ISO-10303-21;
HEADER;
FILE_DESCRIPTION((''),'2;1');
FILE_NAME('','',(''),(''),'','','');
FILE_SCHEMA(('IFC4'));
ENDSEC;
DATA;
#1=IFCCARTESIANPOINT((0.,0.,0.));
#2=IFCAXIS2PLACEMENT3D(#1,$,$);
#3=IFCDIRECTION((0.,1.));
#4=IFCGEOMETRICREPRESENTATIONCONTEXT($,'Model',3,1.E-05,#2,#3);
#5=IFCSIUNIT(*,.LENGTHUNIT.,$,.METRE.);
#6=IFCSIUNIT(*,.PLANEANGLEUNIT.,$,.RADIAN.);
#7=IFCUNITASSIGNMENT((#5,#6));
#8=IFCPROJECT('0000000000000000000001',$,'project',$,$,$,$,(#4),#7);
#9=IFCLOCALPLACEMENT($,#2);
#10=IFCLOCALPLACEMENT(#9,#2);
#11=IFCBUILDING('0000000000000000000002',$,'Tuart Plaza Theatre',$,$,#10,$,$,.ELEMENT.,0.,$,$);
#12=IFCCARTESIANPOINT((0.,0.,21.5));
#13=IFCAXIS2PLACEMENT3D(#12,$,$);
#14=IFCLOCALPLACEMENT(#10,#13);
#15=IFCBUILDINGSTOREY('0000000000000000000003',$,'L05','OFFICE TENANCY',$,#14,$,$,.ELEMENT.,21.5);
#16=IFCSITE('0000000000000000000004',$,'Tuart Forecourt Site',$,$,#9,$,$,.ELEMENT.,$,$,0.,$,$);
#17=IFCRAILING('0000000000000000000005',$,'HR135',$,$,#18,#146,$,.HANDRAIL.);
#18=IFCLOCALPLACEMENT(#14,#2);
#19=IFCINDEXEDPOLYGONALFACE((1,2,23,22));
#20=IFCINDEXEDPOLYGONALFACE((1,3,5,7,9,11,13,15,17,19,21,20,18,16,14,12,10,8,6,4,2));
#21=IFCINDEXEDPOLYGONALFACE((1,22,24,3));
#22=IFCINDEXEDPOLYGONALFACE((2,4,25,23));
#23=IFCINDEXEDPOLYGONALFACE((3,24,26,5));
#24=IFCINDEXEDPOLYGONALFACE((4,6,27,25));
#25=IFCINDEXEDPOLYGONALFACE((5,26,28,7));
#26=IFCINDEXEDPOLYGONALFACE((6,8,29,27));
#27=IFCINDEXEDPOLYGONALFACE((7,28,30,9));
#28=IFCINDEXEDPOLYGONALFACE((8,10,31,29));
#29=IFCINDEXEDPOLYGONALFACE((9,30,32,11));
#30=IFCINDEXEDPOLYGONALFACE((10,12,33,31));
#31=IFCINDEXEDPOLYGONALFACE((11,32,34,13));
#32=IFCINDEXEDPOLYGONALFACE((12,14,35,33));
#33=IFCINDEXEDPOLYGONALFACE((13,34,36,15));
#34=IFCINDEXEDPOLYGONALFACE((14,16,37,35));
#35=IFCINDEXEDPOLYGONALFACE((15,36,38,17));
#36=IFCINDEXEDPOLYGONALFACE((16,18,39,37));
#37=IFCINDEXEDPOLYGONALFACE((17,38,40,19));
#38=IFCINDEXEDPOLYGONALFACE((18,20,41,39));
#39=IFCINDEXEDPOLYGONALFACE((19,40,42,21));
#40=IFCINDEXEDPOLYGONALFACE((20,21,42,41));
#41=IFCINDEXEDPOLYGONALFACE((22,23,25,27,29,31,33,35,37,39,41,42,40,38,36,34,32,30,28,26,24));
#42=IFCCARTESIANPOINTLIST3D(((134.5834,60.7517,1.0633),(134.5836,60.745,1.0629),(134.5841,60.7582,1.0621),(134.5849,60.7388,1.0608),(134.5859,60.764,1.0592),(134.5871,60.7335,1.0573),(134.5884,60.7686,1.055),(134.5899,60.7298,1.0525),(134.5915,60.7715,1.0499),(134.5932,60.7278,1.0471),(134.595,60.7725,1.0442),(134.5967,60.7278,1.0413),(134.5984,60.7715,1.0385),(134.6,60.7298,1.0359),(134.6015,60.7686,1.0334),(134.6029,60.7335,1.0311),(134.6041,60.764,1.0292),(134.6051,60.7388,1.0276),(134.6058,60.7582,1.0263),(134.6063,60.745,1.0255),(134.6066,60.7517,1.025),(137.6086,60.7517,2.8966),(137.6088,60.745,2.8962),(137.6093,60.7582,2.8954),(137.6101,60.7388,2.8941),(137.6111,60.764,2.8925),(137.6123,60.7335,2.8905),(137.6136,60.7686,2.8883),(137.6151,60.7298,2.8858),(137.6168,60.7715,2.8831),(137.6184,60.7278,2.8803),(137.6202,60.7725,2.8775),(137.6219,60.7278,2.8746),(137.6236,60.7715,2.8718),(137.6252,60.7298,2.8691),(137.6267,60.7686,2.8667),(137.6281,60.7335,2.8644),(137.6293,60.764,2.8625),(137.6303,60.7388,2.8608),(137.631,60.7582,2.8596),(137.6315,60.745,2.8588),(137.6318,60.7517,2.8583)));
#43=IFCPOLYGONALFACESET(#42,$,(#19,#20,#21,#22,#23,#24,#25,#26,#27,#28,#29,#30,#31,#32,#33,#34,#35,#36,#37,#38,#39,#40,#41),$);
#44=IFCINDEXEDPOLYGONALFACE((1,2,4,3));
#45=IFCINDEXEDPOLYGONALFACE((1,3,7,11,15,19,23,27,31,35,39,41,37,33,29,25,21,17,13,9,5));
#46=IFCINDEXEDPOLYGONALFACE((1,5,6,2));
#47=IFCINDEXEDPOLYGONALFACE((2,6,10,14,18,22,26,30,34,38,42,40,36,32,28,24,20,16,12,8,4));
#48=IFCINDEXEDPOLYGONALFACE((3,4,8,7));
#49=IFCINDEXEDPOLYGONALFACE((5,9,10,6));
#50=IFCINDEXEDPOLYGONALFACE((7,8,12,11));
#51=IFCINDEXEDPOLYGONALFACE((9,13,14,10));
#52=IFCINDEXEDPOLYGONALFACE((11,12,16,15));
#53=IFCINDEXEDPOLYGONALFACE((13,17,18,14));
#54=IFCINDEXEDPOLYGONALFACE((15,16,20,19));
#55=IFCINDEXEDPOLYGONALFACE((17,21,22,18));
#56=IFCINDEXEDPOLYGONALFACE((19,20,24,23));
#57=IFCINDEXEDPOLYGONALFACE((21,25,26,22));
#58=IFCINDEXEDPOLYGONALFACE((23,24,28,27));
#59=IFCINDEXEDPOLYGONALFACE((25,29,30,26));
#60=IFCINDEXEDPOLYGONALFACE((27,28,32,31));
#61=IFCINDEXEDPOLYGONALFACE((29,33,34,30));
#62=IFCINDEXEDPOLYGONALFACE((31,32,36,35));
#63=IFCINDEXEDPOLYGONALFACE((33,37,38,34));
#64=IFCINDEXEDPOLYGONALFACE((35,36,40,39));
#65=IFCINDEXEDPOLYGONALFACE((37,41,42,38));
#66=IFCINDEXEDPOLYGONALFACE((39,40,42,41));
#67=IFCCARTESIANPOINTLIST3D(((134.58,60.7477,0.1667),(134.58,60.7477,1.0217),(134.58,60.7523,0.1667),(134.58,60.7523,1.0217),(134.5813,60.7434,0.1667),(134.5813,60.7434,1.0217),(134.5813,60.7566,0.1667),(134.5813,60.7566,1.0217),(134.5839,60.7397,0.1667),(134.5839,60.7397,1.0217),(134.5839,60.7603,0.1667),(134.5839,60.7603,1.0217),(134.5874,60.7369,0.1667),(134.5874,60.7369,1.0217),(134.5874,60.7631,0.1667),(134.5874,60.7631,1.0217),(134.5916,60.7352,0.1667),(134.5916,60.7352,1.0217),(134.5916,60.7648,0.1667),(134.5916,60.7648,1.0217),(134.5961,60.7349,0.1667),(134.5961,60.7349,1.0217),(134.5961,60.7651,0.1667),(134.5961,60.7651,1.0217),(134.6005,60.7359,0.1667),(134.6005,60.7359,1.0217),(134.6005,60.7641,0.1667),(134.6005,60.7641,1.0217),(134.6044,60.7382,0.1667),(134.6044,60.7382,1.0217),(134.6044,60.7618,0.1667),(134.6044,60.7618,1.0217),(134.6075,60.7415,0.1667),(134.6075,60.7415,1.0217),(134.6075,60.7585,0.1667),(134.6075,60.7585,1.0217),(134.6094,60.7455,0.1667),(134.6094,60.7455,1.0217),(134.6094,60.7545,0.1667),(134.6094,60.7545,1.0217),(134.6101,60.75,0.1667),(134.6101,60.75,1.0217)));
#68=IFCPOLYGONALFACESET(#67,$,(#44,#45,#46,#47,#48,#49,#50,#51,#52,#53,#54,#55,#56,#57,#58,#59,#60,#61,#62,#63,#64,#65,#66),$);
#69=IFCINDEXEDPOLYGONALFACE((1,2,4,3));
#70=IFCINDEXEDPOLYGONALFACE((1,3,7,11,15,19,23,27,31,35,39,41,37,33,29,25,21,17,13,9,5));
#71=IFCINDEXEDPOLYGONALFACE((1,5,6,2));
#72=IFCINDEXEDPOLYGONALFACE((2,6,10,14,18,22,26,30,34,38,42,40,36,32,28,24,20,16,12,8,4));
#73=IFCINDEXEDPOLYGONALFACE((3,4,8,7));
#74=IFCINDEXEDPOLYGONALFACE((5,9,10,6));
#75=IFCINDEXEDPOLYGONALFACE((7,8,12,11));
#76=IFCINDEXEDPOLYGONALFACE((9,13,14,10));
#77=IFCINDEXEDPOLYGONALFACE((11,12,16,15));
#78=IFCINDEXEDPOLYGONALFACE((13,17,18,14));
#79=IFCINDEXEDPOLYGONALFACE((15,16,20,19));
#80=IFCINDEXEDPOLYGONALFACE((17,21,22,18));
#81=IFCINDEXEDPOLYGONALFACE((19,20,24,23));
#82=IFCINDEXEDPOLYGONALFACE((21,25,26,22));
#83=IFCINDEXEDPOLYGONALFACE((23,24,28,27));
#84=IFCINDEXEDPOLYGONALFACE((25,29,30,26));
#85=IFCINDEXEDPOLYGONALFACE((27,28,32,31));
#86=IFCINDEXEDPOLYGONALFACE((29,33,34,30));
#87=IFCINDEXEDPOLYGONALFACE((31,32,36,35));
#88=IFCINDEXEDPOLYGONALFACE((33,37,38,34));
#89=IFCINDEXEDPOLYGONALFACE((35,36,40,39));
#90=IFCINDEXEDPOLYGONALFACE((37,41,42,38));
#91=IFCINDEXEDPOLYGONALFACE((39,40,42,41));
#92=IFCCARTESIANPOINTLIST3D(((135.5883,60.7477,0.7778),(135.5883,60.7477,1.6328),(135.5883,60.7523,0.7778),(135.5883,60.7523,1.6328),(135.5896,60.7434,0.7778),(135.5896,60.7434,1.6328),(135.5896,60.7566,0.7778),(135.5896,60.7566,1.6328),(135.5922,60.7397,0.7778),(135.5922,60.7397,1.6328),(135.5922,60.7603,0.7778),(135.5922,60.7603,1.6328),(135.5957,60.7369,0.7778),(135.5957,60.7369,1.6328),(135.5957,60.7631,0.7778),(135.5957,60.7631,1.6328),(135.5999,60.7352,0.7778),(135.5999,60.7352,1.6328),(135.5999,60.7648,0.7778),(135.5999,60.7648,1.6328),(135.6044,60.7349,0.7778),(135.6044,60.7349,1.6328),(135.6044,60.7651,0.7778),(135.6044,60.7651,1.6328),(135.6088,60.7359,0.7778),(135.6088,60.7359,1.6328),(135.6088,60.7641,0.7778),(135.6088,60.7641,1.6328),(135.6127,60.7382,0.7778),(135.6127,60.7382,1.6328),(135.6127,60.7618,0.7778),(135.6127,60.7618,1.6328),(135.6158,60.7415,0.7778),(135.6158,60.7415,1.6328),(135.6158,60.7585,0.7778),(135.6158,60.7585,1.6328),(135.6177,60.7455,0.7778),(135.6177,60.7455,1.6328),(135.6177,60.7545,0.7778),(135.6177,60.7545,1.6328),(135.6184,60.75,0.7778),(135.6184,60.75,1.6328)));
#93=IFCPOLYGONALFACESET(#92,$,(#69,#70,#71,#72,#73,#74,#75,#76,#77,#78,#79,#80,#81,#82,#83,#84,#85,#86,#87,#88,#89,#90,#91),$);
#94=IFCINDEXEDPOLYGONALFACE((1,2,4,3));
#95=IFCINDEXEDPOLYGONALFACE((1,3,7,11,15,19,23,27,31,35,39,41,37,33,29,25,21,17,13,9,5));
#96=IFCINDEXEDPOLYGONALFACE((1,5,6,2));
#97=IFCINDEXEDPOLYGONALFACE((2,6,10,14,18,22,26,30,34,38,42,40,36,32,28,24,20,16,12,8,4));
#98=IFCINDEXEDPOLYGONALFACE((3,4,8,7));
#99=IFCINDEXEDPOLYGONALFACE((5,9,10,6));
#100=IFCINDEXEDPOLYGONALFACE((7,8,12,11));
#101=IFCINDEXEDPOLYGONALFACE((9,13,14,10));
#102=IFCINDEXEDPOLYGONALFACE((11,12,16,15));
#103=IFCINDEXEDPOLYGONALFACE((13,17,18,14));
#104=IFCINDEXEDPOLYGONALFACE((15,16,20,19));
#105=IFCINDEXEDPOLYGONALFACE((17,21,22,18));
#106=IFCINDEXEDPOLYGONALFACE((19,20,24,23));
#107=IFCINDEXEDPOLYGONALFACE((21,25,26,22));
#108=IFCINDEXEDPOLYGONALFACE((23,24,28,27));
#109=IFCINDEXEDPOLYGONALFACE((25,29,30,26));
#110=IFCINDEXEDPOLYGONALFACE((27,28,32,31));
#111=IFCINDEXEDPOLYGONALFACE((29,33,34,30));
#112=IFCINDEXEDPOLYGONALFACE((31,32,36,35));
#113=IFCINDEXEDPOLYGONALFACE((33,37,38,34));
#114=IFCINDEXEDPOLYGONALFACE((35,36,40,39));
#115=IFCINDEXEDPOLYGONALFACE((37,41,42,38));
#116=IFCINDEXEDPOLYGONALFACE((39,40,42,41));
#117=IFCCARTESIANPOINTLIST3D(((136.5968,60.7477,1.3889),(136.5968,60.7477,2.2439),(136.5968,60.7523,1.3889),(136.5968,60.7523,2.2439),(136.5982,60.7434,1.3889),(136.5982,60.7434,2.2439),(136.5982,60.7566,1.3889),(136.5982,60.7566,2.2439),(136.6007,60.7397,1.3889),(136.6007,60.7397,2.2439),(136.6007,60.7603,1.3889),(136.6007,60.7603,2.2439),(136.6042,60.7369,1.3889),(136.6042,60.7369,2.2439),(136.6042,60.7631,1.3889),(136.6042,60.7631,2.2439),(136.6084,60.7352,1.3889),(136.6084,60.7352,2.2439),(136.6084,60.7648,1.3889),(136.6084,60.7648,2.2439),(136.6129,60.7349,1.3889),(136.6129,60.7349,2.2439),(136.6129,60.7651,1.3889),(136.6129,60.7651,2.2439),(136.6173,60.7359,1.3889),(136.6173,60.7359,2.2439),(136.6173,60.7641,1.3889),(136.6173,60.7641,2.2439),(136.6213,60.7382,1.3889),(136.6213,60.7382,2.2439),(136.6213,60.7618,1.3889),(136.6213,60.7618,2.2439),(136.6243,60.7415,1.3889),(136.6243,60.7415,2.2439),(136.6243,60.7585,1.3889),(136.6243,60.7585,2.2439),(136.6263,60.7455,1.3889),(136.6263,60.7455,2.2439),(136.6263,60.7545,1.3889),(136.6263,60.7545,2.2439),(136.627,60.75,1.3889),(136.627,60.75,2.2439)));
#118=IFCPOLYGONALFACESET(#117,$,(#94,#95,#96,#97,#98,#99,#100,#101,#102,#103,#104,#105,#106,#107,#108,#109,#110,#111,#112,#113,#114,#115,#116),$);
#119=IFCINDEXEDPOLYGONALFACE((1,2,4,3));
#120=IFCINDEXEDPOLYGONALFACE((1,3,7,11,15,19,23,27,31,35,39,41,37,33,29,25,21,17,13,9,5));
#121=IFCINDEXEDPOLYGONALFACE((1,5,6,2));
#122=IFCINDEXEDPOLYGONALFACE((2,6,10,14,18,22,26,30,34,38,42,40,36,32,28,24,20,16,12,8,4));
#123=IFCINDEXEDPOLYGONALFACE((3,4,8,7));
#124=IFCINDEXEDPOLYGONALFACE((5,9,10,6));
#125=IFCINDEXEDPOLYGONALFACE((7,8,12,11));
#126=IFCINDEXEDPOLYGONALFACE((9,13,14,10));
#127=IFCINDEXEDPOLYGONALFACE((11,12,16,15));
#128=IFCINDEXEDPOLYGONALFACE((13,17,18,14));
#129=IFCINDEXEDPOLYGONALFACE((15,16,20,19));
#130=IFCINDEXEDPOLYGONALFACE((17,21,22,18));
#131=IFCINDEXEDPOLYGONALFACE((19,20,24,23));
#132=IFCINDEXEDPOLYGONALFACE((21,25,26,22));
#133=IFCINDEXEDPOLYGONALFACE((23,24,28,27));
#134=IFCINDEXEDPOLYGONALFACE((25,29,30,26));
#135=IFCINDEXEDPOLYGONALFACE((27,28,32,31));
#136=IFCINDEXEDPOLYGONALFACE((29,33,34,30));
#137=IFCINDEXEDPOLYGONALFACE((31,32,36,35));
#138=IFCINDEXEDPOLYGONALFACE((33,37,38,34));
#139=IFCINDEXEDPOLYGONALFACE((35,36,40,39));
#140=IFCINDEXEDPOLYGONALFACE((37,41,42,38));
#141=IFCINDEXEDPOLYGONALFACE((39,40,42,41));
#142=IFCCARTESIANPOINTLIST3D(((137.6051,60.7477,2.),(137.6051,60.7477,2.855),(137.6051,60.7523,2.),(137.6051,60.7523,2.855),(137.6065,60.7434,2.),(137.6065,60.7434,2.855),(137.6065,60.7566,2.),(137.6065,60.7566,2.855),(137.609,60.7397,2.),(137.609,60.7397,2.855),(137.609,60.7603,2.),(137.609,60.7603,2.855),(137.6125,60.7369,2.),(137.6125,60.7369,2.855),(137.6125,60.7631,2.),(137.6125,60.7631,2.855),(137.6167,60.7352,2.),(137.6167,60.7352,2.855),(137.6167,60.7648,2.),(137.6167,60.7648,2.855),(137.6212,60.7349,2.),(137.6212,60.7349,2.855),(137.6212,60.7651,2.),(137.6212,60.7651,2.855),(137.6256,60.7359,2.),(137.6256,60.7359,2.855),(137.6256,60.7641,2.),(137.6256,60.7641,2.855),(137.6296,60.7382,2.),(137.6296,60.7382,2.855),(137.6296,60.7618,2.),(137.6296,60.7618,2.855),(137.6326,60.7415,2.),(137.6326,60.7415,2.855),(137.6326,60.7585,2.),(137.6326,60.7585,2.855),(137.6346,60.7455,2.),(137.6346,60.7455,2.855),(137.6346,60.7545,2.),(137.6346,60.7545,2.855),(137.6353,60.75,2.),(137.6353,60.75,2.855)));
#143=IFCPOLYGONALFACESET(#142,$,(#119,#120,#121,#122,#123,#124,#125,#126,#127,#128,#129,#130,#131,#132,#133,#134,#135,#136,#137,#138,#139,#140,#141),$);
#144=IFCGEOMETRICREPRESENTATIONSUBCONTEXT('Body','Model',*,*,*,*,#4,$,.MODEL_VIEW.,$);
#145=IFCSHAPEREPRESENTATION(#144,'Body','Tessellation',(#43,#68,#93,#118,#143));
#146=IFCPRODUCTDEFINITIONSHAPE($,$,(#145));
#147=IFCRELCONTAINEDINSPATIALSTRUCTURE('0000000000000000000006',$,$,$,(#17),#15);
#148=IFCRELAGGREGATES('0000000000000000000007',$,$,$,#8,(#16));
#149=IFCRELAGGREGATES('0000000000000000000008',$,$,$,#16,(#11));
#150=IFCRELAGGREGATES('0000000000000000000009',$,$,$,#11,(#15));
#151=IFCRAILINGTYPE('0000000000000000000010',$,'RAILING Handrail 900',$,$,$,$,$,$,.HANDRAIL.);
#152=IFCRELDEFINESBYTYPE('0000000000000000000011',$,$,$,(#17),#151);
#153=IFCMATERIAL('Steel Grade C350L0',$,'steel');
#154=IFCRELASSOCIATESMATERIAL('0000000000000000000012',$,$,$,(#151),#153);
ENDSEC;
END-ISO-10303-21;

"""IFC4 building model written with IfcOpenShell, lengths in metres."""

from ifc_helpers import new_model, si_unit, direction, frame, origin, origin_2d, place, context, subcontext, project, spatial, circle, extrude, material, type_object, element, save


model = new_model("IFC4")

# Units and contexts
model_context = context("Model", 3, precision=1e-05, world=origin(), true_north=direction((0.0, 1.0)))
body_context = subcontext(model_context, "Body", "Model", "MODEL_VIEW")
ifc_project = project(units=[si_unit("LENGTHUNIT", "METRE"), si_unit("PLANEANGLEUNIT", "RADIAN")], contexts=[model_context])

# Site, building, storey
site_placement = place(None, origin())
site = spatial("IfcSite", under=ifc_project, at=site_placement, Name="Tuart Forecourt Site", CompositionType="ELEMENT", RefElevation=0.0)
building_placement = place(site_placement, origin())
building = spatial("IfcBuilding", under=site, at=building_placement, Name="Tuart Plaza Theatre", CompositionType="ELEMENT", ElevationOfRefHeight=0.0)
storey_placement = place(building_placement, frame((0.0, 0.0, 21.5)))
storey = spatial("IfcBuildingStorey", under=building, at=storey_placement, Name="L05", Description="OFFICE TENANCY", CompositionType="ELEMENT", Elevation=21.5)

# Railing
ifc_material_1 = material(Name="Steel Grade C350L0", Category="steel")
railing_type_1 = type_object("IfcRailingType", Name="RAILING Handrail 900", PredefinedType="HANDRAIL", material=ifc_material_1)
for number, where, name in (
    (1, (134.595, 60.75, 0.1667), "HR135"),
):
    element("IfcRailing", number, at=place(storey_placement, frame(where)), inside=storey, type_object=railing_type_1, Name=name, PredefinedType="HANDRAIL", context=body_context, shape_type="SweptSolid", body=[
        extrude(circle(Radius=0.0225, at=origin_2d()), frame((0.0, 0.0, 0.8774), z_axis=(0.855219, 0.0, 0.518267), x_axis=(0.0, 1.0, 0.0)), (0.0, 0.0, 1.0), 3.5374),
        extrude(circle(Radius=0.0151, at=origin_2d()), origin(), (0.0, 0.0, 1.0), 0.855),
        extrude(circle(Radius=0.0151, at=origin_2d()), frame((1.0083, 0.0, 0.6111)), (0.0, 0.0, 1.0), 0.855),
        extrude(circle(Radius=0.0151, at=origin_2d()), frame((2.0168, 0.0, 1.2222)), (0.0, 0.0, 1.0), 0.855),
        extrude(circle(Radius=0.0151, at=origin_2d()), frame((3.0251, 0.0, 1.8333)), (0.0, 0.0, 1.0), 0.855),
    ])

save(model, "model.ifc")
